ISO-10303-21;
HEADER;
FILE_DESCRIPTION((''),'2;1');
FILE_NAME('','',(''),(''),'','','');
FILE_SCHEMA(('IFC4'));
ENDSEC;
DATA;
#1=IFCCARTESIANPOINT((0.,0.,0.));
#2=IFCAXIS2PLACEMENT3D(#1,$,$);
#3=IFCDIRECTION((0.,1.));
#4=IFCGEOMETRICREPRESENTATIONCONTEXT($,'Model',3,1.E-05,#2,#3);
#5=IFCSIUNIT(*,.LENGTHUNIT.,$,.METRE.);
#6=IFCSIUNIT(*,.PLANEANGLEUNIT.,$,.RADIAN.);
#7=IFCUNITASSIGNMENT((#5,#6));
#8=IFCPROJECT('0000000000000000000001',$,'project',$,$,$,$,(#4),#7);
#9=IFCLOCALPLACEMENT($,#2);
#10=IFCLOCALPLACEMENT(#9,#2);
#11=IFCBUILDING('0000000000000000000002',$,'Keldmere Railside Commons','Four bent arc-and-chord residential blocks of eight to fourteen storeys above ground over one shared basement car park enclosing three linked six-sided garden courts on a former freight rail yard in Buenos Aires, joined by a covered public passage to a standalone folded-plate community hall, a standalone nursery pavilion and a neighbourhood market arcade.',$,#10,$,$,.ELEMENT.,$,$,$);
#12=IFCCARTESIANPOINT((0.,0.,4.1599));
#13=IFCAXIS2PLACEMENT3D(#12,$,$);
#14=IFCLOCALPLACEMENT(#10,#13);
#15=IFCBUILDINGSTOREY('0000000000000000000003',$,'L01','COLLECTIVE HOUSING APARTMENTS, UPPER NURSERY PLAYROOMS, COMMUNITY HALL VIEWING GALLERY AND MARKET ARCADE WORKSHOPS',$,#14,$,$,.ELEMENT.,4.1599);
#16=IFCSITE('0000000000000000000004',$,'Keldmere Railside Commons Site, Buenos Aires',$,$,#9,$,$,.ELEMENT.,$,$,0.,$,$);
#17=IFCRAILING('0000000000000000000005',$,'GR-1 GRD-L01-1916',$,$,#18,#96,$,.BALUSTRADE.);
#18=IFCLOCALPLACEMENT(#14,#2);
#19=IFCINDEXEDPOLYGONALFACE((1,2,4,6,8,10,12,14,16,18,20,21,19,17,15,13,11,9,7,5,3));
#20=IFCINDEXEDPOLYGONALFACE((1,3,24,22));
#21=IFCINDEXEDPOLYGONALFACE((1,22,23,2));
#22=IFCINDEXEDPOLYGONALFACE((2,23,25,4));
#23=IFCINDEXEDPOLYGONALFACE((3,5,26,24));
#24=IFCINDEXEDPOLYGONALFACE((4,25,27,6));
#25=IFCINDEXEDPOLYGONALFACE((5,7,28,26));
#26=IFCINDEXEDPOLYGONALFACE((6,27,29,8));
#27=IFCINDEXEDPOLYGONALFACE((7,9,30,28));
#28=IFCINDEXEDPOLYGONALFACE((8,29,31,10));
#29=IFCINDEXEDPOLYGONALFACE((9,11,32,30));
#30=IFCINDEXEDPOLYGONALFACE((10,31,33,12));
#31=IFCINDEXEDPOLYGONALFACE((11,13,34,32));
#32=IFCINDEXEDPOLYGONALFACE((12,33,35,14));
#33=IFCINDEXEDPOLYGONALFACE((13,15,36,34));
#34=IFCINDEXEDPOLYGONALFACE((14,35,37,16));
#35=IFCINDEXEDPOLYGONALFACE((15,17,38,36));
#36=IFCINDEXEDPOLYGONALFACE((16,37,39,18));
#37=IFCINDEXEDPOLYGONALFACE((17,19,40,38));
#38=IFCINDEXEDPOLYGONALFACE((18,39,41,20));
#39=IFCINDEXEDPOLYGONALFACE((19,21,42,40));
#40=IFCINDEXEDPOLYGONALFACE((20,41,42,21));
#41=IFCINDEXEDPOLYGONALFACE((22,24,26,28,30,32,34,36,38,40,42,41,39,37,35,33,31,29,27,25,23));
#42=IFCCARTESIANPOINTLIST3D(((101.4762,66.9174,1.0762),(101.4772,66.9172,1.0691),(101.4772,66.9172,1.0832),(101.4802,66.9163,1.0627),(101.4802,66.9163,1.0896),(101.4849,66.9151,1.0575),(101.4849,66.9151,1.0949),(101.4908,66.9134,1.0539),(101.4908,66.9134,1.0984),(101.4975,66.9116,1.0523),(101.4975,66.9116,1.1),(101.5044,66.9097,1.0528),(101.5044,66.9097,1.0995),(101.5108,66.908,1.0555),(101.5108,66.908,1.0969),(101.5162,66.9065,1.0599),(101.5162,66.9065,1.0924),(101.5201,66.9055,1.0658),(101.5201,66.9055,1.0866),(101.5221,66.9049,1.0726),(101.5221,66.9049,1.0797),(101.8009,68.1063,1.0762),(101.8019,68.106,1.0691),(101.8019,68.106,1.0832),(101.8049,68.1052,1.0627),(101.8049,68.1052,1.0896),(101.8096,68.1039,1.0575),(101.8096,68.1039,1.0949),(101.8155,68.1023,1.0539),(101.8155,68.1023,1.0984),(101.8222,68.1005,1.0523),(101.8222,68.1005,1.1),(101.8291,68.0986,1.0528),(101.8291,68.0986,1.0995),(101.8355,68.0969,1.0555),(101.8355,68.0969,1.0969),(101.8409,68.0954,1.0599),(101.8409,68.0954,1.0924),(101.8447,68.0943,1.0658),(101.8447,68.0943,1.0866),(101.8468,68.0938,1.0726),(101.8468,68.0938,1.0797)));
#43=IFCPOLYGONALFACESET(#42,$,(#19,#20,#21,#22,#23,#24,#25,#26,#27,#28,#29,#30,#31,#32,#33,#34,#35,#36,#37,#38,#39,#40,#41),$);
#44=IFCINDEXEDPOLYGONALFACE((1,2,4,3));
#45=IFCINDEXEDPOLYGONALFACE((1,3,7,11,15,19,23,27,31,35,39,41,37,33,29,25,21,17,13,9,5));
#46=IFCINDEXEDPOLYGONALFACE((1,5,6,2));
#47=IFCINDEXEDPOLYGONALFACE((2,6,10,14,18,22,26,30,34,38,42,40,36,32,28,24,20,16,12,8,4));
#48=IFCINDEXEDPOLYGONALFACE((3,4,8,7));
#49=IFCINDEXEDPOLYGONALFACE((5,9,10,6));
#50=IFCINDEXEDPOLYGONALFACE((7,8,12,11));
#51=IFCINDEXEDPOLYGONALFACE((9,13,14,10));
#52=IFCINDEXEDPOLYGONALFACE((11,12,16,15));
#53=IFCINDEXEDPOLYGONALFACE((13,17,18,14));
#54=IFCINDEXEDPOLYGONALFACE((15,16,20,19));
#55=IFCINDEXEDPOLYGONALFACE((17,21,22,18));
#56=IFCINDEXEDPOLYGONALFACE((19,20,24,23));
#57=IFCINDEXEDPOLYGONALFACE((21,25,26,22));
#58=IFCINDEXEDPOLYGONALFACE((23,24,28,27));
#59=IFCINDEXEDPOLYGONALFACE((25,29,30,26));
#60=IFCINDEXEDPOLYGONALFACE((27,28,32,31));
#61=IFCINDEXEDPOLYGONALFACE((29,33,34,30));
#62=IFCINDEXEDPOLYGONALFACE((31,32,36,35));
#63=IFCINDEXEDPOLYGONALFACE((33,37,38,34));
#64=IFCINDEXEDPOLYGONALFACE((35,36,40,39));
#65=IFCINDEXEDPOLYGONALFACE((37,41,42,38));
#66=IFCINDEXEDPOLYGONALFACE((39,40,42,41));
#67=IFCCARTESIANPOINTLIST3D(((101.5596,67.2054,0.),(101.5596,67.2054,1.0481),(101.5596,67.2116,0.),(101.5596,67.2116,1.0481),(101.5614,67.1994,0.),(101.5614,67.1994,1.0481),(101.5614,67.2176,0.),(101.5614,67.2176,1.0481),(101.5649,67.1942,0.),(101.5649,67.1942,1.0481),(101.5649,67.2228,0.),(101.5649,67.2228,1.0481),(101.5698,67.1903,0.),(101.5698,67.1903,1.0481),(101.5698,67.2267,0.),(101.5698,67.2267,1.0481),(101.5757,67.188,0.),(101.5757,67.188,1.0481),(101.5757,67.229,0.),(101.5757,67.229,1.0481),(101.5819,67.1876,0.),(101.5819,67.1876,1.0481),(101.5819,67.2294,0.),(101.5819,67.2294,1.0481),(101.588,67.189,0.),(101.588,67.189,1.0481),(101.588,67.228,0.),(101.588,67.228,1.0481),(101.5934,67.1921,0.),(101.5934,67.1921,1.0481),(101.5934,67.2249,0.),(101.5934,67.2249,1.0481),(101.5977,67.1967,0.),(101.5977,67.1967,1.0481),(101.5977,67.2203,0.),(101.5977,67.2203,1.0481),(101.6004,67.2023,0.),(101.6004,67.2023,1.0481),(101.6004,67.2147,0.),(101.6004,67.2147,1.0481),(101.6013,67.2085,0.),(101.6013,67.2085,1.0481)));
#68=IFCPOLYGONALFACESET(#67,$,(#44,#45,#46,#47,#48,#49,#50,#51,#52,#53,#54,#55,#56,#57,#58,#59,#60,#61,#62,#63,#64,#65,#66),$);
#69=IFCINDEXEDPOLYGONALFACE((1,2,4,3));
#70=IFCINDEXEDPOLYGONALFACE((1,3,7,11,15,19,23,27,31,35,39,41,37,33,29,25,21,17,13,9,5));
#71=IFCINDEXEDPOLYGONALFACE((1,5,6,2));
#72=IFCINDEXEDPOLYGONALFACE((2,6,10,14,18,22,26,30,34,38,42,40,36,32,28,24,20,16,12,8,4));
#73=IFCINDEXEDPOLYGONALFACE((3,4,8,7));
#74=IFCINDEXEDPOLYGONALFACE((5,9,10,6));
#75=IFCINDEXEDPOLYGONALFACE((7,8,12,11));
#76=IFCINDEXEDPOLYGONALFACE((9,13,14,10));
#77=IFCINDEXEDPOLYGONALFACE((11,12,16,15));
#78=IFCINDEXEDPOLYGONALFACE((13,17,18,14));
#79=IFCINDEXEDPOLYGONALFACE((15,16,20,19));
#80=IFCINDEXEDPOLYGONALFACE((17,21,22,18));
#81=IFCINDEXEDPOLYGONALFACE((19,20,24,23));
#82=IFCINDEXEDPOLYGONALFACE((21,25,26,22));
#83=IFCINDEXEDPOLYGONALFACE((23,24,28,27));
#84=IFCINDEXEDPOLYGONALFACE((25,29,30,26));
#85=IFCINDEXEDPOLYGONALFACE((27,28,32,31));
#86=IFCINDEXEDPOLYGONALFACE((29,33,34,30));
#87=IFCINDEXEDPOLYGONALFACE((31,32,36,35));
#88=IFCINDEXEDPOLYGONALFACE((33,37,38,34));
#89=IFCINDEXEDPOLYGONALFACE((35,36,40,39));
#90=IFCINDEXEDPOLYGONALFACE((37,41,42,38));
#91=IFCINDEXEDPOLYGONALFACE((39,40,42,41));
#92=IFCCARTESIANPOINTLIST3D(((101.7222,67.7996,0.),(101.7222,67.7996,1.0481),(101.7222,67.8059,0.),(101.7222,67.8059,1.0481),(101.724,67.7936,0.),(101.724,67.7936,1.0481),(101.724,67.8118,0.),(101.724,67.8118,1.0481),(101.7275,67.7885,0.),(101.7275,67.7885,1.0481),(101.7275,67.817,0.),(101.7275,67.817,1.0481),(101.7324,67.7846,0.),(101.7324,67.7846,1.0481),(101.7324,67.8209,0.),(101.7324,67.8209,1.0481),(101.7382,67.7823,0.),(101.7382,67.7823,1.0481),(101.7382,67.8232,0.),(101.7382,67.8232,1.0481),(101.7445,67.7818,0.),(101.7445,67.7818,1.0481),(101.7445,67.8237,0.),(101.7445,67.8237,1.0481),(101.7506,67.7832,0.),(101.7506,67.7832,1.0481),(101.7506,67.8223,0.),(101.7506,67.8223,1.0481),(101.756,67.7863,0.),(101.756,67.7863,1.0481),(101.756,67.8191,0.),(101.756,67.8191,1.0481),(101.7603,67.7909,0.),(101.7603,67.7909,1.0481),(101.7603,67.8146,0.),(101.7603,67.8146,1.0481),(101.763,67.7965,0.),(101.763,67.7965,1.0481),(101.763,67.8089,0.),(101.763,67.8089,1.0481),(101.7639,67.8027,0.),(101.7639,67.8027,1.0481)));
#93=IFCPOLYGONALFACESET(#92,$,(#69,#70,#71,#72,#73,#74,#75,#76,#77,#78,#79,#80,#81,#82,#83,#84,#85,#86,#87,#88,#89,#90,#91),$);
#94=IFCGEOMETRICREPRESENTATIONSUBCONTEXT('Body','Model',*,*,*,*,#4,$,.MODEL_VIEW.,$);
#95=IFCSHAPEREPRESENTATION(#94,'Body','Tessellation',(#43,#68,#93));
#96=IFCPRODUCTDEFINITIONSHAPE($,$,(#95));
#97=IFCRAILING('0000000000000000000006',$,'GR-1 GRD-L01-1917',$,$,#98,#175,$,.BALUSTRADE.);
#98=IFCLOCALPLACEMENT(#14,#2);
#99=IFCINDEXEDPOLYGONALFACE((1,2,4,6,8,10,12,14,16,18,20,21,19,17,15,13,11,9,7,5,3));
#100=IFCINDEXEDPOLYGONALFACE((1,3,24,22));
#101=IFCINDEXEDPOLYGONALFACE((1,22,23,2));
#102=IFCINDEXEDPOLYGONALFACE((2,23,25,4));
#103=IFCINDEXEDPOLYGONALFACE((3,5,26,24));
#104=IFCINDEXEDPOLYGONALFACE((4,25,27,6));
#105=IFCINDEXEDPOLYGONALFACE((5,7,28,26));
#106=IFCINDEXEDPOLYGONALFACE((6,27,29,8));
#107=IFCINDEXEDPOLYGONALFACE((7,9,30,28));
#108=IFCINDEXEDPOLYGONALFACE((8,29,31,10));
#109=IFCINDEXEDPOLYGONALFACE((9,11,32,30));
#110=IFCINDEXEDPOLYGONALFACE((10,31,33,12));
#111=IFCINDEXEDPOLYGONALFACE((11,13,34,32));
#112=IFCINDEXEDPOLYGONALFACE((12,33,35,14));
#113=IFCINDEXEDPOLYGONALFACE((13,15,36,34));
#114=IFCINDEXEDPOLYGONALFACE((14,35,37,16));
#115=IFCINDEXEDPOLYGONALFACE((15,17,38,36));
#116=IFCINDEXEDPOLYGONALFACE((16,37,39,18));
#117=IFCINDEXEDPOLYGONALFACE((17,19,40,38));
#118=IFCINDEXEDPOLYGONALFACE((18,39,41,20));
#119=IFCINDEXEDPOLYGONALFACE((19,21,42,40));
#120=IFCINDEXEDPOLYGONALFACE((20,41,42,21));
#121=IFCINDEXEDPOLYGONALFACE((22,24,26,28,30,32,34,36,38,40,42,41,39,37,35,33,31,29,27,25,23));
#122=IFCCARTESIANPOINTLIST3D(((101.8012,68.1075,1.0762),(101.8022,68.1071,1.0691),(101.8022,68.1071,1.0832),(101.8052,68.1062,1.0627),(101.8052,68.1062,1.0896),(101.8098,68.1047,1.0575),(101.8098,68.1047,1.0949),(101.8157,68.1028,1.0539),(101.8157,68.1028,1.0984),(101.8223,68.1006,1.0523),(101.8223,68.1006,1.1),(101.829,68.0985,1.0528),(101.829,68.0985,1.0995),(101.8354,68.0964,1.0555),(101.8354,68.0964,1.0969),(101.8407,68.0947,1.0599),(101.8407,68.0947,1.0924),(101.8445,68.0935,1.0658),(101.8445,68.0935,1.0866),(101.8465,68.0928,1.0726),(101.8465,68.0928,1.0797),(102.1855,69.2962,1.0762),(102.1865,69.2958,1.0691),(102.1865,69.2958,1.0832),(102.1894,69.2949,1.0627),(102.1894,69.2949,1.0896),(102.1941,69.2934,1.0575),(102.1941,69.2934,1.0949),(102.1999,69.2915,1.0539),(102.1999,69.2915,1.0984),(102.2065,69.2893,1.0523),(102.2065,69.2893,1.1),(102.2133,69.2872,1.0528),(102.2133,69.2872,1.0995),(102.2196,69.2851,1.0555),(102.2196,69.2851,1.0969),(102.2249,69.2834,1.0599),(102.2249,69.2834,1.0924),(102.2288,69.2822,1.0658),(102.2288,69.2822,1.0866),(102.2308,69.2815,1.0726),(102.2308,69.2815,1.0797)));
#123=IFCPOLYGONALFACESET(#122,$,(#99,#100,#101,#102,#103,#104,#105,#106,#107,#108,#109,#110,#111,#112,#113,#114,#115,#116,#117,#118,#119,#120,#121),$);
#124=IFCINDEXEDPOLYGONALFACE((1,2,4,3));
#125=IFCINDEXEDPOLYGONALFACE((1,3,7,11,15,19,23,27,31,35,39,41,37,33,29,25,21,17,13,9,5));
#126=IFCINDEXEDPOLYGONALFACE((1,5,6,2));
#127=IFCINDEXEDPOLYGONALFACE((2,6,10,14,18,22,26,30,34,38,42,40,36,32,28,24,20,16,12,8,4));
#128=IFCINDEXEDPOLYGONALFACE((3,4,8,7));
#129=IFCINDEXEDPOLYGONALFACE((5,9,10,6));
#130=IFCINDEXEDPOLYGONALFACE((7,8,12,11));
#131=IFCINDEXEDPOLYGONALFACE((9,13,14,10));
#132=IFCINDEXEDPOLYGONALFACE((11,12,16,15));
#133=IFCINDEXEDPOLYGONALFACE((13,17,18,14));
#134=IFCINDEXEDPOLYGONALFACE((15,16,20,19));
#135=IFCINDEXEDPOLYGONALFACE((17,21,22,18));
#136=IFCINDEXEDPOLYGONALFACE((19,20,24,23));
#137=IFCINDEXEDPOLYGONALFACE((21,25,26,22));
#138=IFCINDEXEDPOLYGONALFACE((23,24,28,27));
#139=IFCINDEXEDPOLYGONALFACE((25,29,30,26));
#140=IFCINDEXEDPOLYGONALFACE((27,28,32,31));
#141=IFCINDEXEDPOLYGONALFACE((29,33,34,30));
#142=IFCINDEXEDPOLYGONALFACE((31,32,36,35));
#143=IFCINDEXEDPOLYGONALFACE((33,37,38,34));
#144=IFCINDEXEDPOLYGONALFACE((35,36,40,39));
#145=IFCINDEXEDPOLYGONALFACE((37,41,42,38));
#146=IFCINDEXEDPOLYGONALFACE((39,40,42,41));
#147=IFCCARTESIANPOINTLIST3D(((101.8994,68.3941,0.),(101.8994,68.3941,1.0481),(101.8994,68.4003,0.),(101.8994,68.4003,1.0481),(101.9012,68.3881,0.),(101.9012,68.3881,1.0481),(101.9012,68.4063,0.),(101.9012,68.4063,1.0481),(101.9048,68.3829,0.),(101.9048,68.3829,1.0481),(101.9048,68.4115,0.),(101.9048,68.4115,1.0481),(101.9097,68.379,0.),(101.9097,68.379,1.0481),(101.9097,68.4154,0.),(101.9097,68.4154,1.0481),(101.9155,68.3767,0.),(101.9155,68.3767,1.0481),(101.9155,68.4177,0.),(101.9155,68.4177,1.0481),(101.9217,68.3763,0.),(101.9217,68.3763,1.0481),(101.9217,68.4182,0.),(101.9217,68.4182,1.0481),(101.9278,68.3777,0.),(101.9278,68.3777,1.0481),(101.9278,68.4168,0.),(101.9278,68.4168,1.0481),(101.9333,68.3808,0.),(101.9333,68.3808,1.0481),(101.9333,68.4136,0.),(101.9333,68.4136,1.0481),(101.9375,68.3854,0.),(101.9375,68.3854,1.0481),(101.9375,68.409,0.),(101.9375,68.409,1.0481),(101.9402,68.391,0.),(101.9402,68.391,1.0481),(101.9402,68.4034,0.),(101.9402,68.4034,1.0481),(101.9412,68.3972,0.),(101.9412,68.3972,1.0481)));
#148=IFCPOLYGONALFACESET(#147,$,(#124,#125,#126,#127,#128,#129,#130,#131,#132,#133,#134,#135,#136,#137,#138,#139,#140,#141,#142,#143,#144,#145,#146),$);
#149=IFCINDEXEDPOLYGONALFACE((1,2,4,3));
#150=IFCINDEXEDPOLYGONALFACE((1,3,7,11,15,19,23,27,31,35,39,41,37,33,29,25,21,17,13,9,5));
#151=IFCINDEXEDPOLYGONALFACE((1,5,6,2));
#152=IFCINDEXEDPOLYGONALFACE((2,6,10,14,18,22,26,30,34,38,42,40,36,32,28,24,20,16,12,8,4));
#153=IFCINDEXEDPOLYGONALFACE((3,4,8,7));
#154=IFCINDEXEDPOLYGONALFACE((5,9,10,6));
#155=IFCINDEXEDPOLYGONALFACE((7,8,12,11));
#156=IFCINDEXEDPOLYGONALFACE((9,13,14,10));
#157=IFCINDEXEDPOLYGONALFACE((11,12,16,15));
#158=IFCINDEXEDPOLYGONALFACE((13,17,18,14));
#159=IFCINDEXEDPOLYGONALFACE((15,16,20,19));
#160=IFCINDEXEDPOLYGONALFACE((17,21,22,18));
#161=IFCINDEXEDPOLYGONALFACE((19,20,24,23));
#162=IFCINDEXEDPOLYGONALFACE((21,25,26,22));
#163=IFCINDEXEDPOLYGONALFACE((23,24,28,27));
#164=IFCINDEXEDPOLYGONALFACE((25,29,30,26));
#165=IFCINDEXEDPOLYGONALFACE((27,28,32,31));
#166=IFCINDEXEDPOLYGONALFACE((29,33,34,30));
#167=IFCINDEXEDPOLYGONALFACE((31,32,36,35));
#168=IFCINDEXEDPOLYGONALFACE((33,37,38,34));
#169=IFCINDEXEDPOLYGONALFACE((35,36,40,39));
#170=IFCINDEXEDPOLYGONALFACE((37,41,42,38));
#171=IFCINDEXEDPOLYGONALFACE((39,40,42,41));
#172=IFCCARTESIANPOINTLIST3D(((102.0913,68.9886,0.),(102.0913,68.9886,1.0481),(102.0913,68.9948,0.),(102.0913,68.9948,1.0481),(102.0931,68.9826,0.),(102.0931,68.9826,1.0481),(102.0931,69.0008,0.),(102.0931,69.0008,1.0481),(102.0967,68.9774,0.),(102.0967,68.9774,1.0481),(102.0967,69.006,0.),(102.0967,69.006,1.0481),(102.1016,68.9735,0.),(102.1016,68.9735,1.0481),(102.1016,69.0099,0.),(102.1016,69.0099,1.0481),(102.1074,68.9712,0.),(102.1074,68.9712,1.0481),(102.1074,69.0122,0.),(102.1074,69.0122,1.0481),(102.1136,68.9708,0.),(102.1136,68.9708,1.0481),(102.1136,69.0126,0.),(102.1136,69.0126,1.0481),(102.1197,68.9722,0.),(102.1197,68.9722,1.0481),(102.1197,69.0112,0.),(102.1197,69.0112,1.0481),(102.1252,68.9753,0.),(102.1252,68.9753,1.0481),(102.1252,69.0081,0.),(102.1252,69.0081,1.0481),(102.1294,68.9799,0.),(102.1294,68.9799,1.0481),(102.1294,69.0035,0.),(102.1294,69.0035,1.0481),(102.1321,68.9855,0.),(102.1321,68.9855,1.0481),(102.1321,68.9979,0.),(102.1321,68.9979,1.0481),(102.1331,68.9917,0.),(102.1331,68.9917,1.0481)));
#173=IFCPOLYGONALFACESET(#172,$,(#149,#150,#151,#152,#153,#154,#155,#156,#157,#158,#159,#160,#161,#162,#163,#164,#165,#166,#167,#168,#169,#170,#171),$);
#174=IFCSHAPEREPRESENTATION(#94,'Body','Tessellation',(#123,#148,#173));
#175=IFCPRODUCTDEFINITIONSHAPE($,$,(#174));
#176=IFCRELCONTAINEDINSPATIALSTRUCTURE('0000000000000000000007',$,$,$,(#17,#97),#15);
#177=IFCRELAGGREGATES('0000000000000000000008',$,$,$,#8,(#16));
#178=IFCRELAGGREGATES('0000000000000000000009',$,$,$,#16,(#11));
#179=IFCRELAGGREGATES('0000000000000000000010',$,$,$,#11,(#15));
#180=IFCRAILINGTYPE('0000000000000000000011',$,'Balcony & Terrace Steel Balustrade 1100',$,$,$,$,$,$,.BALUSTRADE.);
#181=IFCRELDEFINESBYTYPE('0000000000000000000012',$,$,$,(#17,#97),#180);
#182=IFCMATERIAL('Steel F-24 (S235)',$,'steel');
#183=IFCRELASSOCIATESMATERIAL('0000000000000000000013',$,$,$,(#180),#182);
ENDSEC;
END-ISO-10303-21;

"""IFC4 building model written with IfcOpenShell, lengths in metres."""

from ifc_helpers import new_model, si_unit, direction, frame, origin, origin_2d, place, context, subcontext, project, spatial, circle, extrude, material, type_object, element, save


model = new_model("IFC4")

# Units and contexts
model_context = context("Model", 3, precision=1e-05, world=origin(), true_north=direction((0.0, 1.0)))
body_context = subcontext(model_context, "Body", "Model", "MODEL_VIEW")
ifc_project = project(units=[si_unit("LENGTHUNIT", "METRE"), si_unit("PLANEANGLEUNIT", "RADIAN")], contexts=[model_context])

# Site, building, storey
site_placement = place(None, origin())
site = spatial("IfcSite", under=ifc_project, at=site_placement, Name="Keldmere Railside Commons Site, Buenos Aires", CompositionType="ELEMENT", RefElevation=0.0)
building_placement = place(site_placement, origin())
building = spatial("IfcBuilding", under=site, at=building_placement, Name="Keldmere Railside Commons", Description="Four bent arc-and-chord residential blocks of eight to fourteen storeys above ground over one shared basement car park enclosing three linked six-sided garden courts on a former freight rail yard in Buenos Aires, joined by a covered public passage to a standalone folded-plate community hall, a standalone nursery pavilion and a neighbourhood market arcade.", CompositionType="ELEMENT")
storey_placement = place(building_placement, frame((0.0, 0.0, 4.1599)))
storey = spatial("IfcBuildingStorey", under=building, at=storey_placement, Name="L01", Description="COLLECTIVE HOUSING APARTMENTS, UPPER NURSERY PLAYROOMS, COMMUNITY HALL VIEWING GALLERY AND MARKET ARCADE WORKSHOPS", CompositionType="ELEMENT", Elevation=4.1599)

# Railings
ifc_material_1 = material(Name="Steel F-24 (S235)", Category="steel")
railing_type_1 = type_object("IfcRailingType", Name="Balcony & Terrace Steel Balustrade 1100", PredefinedType="BALUSTRADE", material=ifc_material_1)
railing_1_placement = place(storey_placement, frame((101.4993, 66.9111, 0.0)))
element("IfcRailing", 1, at=railing_1_placement, inside=storey, type_object=railing_type_1, Name="GR-1 GRD-L01-1916", PredefinedType="BALUSTRADE", context=body_context, shape_type="SweptSolid", body=[
    extrude(circle(Radius=0.0239, at=origin_2d()), frame((0.0, 0.0, 1.0762), z_axis=(0.263453, 0.964672, 0.0), x_axis=(-0.964672, 0.263453, 0.0)), (0.0, 0.0, 1.0), 1.2324),
    extrude(circle(Radius=0.021, at=origin_2d()), frame((0.0811, 0.2974, 0.0)), (0.0, 0.0, 1.0), 1.0481),
    extrude(circle(Radius=0.021, at=origin_2d()), frame((0.2437, 0.8916, 0.0)), (0.0, 0.0, 1.0), 1.0481),
])
railing_2_placement = place(storey_placement, frame((101.824, 68.1001, 0.0)))
element("IfcRailing", 2, at=railing_2_placement, inside=storey, type_object=railing_type_1, Name="GR-1 GRD-L01-1917", PredefinedType="BALUSTRADE", context=body_context, shape_type="SweptSolid", body=[
    extrude(circle(Radius=0.0239, at=origin_2d()), frame((0.0, 0.0, 1.0762), z_axis=(0.307597, 0.951517, 0.0), x_axis=(-0.951517, 0.307597, 0.0)), (0.0, 0.0, 1.0), 1.2493),
    extrude(circle(Radius=0.021, at=origin_2d()), frame((0.0962, 0.2971, 0.0)), (0.0, 0.0, 1.0), 1.0481),
    extrude(circle(Radius=0.021, at=origin_2d()), frame((0.2881, 0.8916, 0.0)), (0.0, 0.0, 1.0), 1.0481),
])

save(model, "model.ifc")
